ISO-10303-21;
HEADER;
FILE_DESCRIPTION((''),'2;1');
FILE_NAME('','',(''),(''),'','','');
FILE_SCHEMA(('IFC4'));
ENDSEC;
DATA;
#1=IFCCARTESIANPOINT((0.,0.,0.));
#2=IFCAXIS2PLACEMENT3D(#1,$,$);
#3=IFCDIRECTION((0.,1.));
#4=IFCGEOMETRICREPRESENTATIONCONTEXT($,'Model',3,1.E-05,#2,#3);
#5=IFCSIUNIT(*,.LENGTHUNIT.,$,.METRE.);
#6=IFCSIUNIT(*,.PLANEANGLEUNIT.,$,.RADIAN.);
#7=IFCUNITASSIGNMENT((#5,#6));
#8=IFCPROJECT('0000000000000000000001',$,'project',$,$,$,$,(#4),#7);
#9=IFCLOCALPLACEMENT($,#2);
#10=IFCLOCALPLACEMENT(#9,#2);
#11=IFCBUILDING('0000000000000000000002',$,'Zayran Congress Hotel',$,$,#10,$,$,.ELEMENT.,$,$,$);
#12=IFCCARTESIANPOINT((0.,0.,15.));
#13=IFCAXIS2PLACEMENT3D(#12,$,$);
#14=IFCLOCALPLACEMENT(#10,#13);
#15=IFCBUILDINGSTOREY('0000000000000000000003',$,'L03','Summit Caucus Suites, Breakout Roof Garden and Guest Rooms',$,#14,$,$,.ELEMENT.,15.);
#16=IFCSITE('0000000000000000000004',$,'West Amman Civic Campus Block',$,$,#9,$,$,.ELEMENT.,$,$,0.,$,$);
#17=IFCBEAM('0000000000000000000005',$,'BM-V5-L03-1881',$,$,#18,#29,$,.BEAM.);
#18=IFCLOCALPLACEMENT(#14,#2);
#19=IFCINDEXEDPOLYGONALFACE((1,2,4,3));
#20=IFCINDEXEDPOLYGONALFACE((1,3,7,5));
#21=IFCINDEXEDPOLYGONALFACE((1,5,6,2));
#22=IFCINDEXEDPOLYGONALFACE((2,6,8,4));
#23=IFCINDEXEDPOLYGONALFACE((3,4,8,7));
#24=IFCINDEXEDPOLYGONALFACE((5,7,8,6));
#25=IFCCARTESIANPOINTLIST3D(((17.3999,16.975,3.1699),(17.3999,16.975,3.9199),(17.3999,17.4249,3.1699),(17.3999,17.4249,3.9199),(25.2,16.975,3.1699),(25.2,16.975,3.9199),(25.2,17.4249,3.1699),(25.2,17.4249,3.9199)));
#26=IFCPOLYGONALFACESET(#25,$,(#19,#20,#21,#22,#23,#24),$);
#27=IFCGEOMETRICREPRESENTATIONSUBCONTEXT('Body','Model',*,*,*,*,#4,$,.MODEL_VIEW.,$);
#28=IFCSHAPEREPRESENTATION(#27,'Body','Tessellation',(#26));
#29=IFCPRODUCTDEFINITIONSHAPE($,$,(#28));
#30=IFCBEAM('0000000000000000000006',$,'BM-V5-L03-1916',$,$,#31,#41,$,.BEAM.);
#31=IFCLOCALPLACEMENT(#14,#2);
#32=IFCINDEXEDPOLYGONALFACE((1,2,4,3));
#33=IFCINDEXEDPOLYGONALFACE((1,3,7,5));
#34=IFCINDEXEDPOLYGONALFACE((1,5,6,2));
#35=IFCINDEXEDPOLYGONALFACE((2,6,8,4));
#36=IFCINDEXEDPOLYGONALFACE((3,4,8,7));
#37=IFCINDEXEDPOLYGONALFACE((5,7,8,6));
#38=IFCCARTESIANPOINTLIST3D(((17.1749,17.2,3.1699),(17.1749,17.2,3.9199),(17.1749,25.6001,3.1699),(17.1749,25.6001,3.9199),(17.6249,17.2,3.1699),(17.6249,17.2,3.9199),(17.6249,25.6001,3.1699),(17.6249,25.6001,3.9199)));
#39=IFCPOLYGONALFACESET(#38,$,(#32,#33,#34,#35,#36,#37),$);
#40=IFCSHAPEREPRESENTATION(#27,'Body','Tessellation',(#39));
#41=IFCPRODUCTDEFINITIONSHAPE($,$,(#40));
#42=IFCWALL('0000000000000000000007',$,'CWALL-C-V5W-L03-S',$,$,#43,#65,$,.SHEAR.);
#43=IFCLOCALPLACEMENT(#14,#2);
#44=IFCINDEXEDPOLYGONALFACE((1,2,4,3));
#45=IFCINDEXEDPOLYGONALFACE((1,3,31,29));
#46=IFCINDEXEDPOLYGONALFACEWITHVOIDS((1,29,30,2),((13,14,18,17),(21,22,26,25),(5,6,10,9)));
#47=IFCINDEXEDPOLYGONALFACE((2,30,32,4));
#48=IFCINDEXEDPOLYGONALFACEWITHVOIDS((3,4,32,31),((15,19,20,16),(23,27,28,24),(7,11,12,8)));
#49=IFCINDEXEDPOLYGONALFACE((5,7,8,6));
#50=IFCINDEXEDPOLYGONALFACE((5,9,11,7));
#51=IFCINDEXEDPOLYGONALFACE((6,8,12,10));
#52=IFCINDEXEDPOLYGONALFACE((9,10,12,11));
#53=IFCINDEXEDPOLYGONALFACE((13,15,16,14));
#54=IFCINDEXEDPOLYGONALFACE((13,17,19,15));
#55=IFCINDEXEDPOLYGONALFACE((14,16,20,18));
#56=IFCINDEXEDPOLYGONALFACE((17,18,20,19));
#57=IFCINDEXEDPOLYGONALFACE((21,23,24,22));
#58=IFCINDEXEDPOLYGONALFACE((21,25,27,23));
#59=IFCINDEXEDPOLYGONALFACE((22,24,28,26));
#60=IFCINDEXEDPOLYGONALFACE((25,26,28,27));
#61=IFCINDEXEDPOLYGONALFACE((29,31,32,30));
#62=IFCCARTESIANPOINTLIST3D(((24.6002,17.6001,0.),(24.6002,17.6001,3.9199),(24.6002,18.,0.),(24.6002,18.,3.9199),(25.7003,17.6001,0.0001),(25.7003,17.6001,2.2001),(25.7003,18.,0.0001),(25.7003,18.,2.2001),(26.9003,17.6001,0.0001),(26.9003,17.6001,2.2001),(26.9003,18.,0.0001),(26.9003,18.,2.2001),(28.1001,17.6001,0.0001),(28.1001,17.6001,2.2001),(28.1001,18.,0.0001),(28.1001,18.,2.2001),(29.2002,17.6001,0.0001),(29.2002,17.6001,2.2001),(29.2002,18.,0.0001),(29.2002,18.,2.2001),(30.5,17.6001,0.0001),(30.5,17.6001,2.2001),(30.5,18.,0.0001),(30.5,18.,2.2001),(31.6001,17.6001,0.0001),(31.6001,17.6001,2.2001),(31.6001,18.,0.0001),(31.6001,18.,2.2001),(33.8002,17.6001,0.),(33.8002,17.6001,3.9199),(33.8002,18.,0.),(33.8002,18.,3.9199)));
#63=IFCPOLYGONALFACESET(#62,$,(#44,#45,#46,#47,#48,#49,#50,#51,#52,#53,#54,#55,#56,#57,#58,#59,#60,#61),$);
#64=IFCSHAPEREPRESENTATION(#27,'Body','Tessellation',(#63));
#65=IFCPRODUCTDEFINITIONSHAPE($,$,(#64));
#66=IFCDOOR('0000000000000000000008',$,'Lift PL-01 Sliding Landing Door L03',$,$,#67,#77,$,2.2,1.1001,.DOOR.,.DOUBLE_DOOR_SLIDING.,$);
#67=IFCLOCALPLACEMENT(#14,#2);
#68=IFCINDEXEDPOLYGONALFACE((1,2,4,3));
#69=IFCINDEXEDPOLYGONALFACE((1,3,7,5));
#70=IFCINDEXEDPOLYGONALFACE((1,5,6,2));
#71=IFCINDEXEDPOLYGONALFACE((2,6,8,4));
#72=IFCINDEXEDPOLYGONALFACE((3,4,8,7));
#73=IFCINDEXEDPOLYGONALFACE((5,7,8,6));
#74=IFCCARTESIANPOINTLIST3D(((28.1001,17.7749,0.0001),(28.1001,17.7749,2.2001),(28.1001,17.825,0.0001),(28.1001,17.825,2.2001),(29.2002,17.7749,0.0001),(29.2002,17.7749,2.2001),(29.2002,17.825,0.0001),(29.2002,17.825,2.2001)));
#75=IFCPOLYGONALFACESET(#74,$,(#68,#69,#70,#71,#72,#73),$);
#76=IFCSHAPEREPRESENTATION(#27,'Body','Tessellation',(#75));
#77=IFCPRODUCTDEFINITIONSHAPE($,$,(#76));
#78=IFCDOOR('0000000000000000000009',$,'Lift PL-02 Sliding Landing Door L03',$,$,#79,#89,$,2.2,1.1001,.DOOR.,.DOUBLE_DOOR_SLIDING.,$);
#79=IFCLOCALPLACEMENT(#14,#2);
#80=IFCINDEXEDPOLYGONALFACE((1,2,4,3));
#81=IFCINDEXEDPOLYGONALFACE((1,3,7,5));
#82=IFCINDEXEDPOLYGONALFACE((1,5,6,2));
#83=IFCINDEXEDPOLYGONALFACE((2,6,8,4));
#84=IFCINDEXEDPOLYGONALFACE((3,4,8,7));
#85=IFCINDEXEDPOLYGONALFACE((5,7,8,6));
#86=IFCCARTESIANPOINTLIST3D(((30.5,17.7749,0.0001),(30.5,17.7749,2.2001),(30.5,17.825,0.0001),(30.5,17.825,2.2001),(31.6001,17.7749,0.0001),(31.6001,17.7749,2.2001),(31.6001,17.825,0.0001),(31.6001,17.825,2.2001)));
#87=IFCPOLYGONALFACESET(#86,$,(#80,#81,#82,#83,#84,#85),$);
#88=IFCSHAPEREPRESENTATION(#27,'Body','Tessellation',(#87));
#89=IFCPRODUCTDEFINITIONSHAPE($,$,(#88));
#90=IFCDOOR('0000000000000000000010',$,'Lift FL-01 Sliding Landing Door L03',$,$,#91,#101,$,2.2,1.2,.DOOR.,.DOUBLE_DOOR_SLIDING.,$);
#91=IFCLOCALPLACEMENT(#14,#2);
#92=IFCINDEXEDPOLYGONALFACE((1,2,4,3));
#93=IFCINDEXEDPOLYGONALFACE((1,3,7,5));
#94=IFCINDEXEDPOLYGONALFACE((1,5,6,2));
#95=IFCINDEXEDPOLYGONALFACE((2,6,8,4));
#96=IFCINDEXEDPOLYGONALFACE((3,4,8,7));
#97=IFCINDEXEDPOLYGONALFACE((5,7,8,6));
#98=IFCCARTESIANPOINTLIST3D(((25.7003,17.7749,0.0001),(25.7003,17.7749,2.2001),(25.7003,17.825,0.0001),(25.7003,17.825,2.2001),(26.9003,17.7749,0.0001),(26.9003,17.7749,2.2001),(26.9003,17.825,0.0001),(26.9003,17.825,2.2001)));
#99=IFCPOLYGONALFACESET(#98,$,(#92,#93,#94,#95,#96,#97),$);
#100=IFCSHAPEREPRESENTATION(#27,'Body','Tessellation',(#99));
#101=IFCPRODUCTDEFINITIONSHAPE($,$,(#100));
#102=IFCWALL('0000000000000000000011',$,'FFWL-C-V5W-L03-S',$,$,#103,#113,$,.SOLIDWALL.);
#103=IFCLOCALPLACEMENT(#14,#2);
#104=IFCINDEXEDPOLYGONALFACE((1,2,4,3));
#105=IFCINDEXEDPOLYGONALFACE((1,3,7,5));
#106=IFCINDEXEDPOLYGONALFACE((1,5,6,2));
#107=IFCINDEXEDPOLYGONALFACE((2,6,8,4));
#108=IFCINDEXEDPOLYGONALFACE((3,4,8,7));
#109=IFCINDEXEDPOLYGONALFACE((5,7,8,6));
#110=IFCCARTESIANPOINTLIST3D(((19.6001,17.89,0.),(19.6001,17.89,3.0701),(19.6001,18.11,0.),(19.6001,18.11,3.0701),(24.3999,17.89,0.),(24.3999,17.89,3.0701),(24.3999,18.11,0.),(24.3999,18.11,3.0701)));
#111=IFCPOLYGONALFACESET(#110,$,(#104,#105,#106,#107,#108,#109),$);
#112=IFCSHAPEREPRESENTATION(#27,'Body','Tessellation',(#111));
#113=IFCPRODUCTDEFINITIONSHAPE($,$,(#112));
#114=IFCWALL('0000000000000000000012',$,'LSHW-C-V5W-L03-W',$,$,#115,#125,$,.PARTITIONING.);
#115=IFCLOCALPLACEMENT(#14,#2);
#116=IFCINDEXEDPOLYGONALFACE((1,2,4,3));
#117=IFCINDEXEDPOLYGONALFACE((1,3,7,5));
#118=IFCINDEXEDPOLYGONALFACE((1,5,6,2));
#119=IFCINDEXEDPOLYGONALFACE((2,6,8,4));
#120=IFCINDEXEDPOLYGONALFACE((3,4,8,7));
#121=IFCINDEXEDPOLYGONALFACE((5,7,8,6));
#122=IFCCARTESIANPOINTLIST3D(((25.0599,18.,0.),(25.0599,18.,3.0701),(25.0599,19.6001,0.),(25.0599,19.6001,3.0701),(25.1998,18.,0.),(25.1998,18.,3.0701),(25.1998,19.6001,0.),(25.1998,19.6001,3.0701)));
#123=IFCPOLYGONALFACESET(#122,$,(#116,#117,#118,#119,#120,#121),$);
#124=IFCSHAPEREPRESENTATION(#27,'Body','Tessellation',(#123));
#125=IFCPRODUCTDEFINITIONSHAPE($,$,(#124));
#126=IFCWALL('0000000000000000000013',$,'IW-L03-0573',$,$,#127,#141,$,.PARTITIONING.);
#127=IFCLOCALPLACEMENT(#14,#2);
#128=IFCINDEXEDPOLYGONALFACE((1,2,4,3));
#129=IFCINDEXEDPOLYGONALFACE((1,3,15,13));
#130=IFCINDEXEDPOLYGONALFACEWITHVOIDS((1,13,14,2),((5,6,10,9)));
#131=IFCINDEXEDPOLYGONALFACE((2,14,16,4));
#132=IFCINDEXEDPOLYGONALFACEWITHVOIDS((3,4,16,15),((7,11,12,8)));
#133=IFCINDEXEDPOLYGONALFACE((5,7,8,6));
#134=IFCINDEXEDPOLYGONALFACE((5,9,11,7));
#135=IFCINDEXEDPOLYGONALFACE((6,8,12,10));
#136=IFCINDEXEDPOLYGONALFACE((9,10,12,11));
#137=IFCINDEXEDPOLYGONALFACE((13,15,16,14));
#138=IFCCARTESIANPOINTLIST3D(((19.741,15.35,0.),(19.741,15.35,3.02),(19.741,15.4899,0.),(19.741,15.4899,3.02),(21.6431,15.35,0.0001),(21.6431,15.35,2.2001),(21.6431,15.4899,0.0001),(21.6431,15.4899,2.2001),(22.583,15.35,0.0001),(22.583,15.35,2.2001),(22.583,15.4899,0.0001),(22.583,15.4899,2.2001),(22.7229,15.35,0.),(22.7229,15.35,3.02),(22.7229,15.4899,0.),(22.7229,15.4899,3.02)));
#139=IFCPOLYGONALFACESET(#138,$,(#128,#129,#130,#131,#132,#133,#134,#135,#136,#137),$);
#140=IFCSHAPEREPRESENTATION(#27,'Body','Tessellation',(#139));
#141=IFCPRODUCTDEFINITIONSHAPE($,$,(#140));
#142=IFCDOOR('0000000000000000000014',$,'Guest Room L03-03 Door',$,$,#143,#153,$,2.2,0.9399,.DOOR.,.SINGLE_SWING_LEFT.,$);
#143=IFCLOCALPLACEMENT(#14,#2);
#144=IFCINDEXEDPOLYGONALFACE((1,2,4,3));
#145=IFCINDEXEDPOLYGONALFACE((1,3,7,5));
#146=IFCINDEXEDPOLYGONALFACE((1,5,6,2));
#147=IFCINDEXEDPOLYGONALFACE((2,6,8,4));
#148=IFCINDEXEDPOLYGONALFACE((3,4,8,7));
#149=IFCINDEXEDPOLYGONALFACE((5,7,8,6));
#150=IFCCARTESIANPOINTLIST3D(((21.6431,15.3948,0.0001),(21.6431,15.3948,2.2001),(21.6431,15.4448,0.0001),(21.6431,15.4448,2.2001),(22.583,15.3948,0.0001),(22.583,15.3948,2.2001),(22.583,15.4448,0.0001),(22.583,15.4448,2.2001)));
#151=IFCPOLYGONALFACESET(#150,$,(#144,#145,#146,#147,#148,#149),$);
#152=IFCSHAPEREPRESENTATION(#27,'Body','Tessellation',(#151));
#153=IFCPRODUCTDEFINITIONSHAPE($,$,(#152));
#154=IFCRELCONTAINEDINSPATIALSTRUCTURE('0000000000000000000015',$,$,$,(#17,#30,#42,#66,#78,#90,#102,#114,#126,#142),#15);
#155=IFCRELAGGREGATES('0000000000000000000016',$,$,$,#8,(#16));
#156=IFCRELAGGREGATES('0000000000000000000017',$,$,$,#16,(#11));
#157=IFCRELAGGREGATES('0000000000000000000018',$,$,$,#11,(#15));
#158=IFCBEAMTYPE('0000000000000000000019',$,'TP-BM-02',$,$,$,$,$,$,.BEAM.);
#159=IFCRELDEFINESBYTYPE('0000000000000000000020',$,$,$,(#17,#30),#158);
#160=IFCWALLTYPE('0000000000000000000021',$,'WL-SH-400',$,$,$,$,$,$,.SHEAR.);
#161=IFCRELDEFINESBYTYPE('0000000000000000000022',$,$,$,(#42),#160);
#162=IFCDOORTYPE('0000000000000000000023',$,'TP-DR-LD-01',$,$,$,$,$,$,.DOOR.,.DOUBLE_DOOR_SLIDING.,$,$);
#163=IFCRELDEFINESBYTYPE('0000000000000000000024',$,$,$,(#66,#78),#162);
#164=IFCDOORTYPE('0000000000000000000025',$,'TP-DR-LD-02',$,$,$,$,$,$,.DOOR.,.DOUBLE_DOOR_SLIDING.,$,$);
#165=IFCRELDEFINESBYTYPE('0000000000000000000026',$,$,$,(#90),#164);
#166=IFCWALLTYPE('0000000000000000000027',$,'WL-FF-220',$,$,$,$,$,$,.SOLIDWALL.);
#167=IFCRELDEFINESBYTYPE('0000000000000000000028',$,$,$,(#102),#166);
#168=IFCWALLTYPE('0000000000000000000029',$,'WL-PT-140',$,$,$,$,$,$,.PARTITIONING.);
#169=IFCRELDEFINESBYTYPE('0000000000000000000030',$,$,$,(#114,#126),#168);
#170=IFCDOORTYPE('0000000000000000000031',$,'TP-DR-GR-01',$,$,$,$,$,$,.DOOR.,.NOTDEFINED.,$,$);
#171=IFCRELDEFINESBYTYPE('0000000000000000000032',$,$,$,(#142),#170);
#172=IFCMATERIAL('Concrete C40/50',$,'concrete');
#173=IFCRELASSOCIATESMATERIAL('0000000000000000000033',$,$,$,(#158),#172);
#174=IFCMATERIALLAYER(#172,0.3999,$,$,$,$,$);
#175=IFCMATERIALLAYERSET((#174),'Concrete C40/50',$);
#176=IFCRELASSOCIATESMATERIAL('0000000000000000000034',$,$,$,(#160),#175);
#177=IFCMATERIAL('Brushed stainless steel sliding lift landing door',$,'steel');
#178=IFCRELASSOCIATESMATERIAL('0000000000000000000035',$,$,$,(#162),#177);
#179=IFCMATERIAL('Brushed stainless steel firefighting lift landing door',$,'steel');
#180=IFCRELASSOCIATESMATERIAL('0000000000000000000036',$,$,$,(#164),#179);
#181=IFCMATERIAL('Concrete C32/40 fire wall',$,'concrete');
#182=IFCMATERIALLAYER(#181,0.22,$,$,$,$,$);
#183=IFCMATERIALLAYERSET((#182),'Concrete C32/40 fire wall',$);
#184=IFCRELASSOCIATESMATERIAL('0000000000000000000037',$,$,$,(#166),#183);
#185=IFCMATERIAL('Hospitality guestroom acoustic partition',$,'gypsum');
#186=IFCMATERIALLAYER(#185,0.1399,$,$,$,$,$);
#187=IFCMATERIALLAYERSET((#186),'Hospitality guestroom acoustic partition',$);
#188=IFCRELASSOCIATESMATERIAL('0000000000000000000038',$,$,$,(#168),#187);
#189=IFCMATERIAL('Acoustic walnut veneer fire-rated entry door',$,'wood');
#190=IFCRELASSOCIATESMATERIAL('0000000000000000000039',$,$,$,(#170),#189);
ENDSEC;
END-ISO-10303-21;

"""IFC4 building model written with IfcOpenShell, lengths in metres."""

from ifc_helpers import new_model, si_unit, direction, frame, frame_2d, origin, origin_2d, place, context, subcontext, project, spatial, rectangle, extrude, material, layer, layer_set, material_profile, profile_set, type_object, element, fill, save


model = new_model("IFC4")

# Units and contexts
model_context = context("Model", 3, precision=1e-05, world=origin(), true_north=direction((0.0, 1.0)))
body_context = subcontext(model_context, "Body", "Model", "MODEL_VIEW")
ifc_project = project(units=[si_unit("LENGTHUNIT", "METRE"), si_unit("PLANEANGLEUNIT", "RADIAN")], contexts=[model_context])

# Site, building, storey
site_placement = place(None, origin())
site = spatial("IfcSite", under=ifc_project, at=site_placement, Name="West Amman Civic Campus Block", CompositionType="ELEMENT", RefElevation=0.0)
building_placement = place(site_placement, origin())
building = spatial("IfcBuilding", under=site, at=building_placement, Name="Zayran Congress Hotel", CompositionType="ELEMENT")
storey_placement = place(building_placement, frame((0.0, 0.0, 15.0)))
storey = spatial("IfcBuildingStorey", under=building, at=storey_placement, Name="L03", Description="Summit Caucus Suites, Breakout Roof Garden and Guest Rooms", CompositionType="ELEMENT", Elevation=15.0)

# Beams
ifc_material_1 = material(Name="Concrete C40/50", Category="concrete")
ifc_material_profile = material_profile(ifc_material_1, rectangle(XDim=0.45, YDim=0.75, at=origin_2d()), Name="RC 450x750")
ifc_profile_set = profile_set([ifc_material_profile], Name="Concrete C40/50")
beam_type = type_object("IfcBeamType", Name="TP-BM-02", PredefinedType="BEAM", material=ifc_profile_set)
beam_1_placement = place(storey_placement, frame((17.3999, 17.2, 3.5449), z_axis=(1.0, 0.0, 0.0), x_axis=(0.0, 1.0, 0.0)))
element("IfcBeam", 1, at=beam_1_placement, inside=storey, type_object=beam_type, Name="BM-V5-L03-1881", PredefinedType="BEAM", context=body_context, shape_type="SweptSolid", body=[
    extrude(rectangle(XDim=0.45, YDim=0.75, at=origin_2d()), origin(), (0.0, 0.0, 1.0), 7.8),
])
beam_2_placement = place(storey_placement, frame((17.3999, 17.2, 3.5449), z_axis=(0.0, 1.0, 0.0), x_axis=(-1.0, 0.0, 0.0)))
element("IfcBeam", 2, at=beam_2_placement, inside=storey, type_object=beam_type, Name="BM-V5-L03-1916", PredefinedType="BEAM", context=body_context, shape_type="SweptSolid", body=[
    extrude(rectangle(XDim=0.45, YDim=0.75, at=origin_2d()), origin(), (0.0, 0.0, 1.0), 8.4001),
])

# Wall, openings, doors
ifc_layer_1 = layer(ifc_material_1, 0.3999)
ifc_layer_set_1 = layer_set([ifc_layer_1], Name="Concrete C40/50")
wall_type_1 = type_object("IfcWallType", Name="WL-SH-400", PredefinedType="SHEAR", material=ifc_layer_set_1)
wall_1_placement = place(storey_placement, frame((24.6001, 17.8, 0.0), z_axis=(0.0, 0.0, 1.0), x_axis=(1.0, 0.0, 0.0)))
wall_1 = element("IfcWall", 3, at=wall_1_placement, inside=storey, type_object=wall_type_1, Name="CWALL-C-V5W-L03-S", PredefinedType="SHEAR", context=body_context, shape_type="SweptSolid", body=[
    extrude(rectangle(XDim=9.2, YDim=0.3999, at=frame_2d((4.6001, 0.0))), origin(), (0.0, 0.0, 1.0), 3.9199),
])
opening_1_placement = place(wall_1_placement, frame((1.1001, 0.0, 0.0)))
opening_1 = element("IfcOpeningElement", 4, at=opening_1_placement, cuts=wall_1, PredefinedType="OPENING", context=body_context, shape_type="SweptSolid", body=[
    extrude(rectangle(XDim=1.2, YDim=2.2, at=frame_2d((0.6001, 1.1001))), frame((0.0, 0.21, 0.0), z_axis=(0.0, -1.0, 0.0), x_axis=(1.0, 0.0, 0.0)), (0.0, 0.0, 1.0), 0.4199),
])
opening_2_placement = place(wall_1_placement, frame((3.5, 0.0, 0.0)))
opening_2 = element("IfcOpeningElement", 5, at=opening_2_placement, cuts=wall_1, PredefinedType="OPENING", context=body_context, shape_type="SweptSolid", body=[
    extrude(rectangle(XDim=1.1001, YDim=2.2, at=frame_2d((0.55, 1.1001))), frame((0.0, 0.21, 0.0), z_axis=(0.0, -1.0, 0.0), x_axis=(1.0, 0.0, 0.0)), (0.0, 0.0, 1.0), 0.4199),
])
opening_3_placement = place(wall_1_placement, frame((5.8999, 0.0, 0.0)))
opening_3 = element("IfcOpeningElement", 6, at=opening_3_placement, cuts=wall_1, PredefinedType="OPENING", context=body_context, shape_type="SweptSolid", body=[
    extrude(rectangle(XDim=1.1001, YDim=2.2, at=frame_2d((0.55, 1.1001))), frame((0.0, 0.21, 0.0), z_axis=(0.0, -1.0, 0.0), x_axis=(1.0, 0.0, 0.0)), (0.0, 0.0, 1.0), 0.4199),
])
ifc_material_2 = material(Name="Brushed stainless steel sliding lift landing door", Category="steel")
door_type_1 = type_object("IfcDoorType", Name="TP-DR-LD-01", OperationType="DOUBLE_DOOR_SLIDING", PredefinedType="DOOR", material=ifc_material_2)
door_1_placement = place(opening_2_placement, origin())
door_1 = element("IfcDoor", 7, at=door_1_placement, inside=storey, type_object=door_type_1, Name="Lift PL-01 Sliding Landing Door L03", OperationType="DOUBLE_DOOR_SLIDING", OverallHeight=2.2, OverallWidth=1.1001, PredefinedType="DOOR", context=body_context, shape_type="SweptSolid", body=[
    extrude(rectangle(XDim=1.1001, YDim=2.2, at=frame_2d((0.55, 1.1001))), frame((0.0, 0.0249, 0.0), z_axis=(0.0, -1.0, 0.0), x_axis=(1.0, 0.0, 0.0)), (0.0, 0.0, 1.0), 0.05),
])
fill(opening_2, door_1)
door_2_placement = place(opening_3_placement, origin())
door_2 = element("IfcDoor", 8, at=door_2_placement, inside=storey, type_object=door_type_1, Name="Lift PL-02 Sliding Landing Door L03", OperationType="DOUBLE_DOOR_SLIDING", OverallHeight=2.2, OverallWidth=1.1001, PredefinedType="DOOR", context=body_context, shape_type="SweptSolid", body=[
    extrude(rectangle(XDim=1.1001, YDim=2.2, at=frame_2d((0.55, 1.1001))), frame((0.0, 0.0249, 0.0), z_axis=(0.0, -1.0, 0.0), x_axis=(1.0, 0.0, 0.0)), (0.0, 0.0, 1.0), 0.05),
])
fill(opening_3, door_2)
ifc_material_3 = material(Name="Brushed stainless steel firefighting lift landing door", Category="steel")
door_type_2 = type_object("IfcDoorType", Name="TP-DR-LD-02", OperationType="DOUBLE_DOOR_SLIDING", PredefinedType="DOOR", material=ifc_material_3)
door_3_placement = place(opening_1_placement, origin())
door_3 = element("IfcDoor", 9, at=door_3_placement, inside=storey, type_object=door_type_2, Name="Lift FL-01 Sliding Landing Door L03", OperationType="DOUBLE_DOOR_SLIDING", OverallHeight=2.2, OverallWidth=1.2, PredefinedType="DOOR", context=body_context, shape_type="SweptSolid", body=[
    extrude(rectangle(XDim=1.2, YDim=2.2, at=frame_2d((0.6001, 1.1001))), frame((0.0, 0.0249, 0.0), z_axis=(0.0, -1.0, 0.0), x_axis=(1.0, 0.0, 0.0)), (0.0, 0.0, 1.0), 0.05),
])
fill(opening_1, door_3)

# Walls
ifc_material_4 = material(Name="Concrete C32/40 fire wall", Category="concrete")
ifc_layer_2 = layer(ifc_material_4, 0.22)
ifc_layer_set_2 = layer_set([ifc_layer_2], Name="Concrete C32/40 fire wall")
wall_type_2 = type_object("IfcWallType", Name="WL-FF-220", PredefinedType="SOLIDWALL", material=ifc_layer_set_2)
wall_2_placement = place(storey_placement, frame((19.6001, 18.0, 0.0), z_axis=(0.0, 0.0, 1.0), x_axis=(1.0, 0.0, 0.0)))
element("IfcWall", 10, at=wall_2_placement, inside=storey, type_object=wall_type_2, Name="FFWL-C-V5W-L03-S", PredefinedType="SOLIDWALL", context=body_context, shape_type="SweptSolid", body=[
    extrude(rectangle(XDim=4.7998, YDim=0.22, at=frame_2d((2.3999, 0.0))), origin(), (0.0, 0.0, 1.0), 3.0701),
])
ifc_material_5 = material(Name="Hospitality guestroom acoustic partition", Category="gypsum")
ifc_layer_3 = layer(ifc_material_5, 0.1399)
ifc_layer_set_3 = layer_set([ifc_layer_3], Name="Hospitality guestroom acoustic partition")
wall_type_3 = type_object("IfcWallType", Name="WL-PT-140", PredefinedType="PARTITIONING", material=ifc_layer_set_3)
wall_3_placement = place(storey_placement, frame((25.1299, 18.0, 0.0), z_axis=(0.0, 0.0, 1.0), x_axis=(0.0, 1.0, 0.0)))
element("IfcWall", 11, at=wall_3_placement, inside=storey, type_object=wall_type_3, Name="LSHW-C-V5W-L03-W", PredefinedType="PARTITIONING", context=body_context, shape_type="SweptSolid", body=[
    extrude(rectangle(XDim=1.6001, YDim=0.1399, at=frame_2d((0.8, 0.0))), origin(), (0.0, 0.0, 1.0), 3.0701),
])

# Wall, opening, door
wall_4_placement = place(storey_placement, frame((19.741, 15.4199, 0.0), z_axis=(0.0, 0.0, 1.0), x_axis=(1.0, 0.0, 0.0)))
wall_4 = element("IfcWall", 12, at=wall_4_placement, inside=storey, type_object=wall_type_3, Name="IW-L03-0573", PredefinedType="PARTITIONING", context=body_context, shape_type="SweptSolid", body=[
    extrude(rectangle(XDim=2.9819, YDim=0.1399, at=frame_2d((1.491, 0.0))), origin(), (0.0, 0.0, 1.0), 3.02),
])
opening_4_placement = place(wall_4_placement, frame((1.9021, 0.0, 0.0)))
opening_4 = element("IfcOpeningElement", 13, at=opening_4_placement, cuts=wall_4, PredefinedType="OPENING", context=body_context, shape_type="SweptSolid", body=[
    extrude(rectangle(XDim=0.9399, YDim=2.2, at=frame_2d((0.47, 1.1001))), frame((0.0, 0.0798, 0.0), z_axis=(0.0, -1.0, 0.0), x_axis=(1.0, 0.0, 0.0)), (0.0, 0.0, 1.0), 0.1599),
])
ifc_material_6 = material(Name="Acoustic walnut veneer fire-rated entry door", Category="wood")
door_type_3 = type_object("IfcDoorType", Name="TP-DR-GR-01", OperationType="NOTDEFINED", PredefinedType="DOOR", material=ifc_material_6)
door_4_placement = place(opening_4_placement, origin())
door_4 = element("IfcDoor", 14, at=door_4_placement, inside=storey, type_object=door_type_3, Name="Guest Room L03-03 Door", OperationType="SINGLE_SWING_LEFT", OverallHeight=2.2, OverallWidth=0.9399, PredefinedType="DOOR", context=body_context, shape_type="SweptSolid", body=[
    extrude(rectangle(XDim=0.9399, YDim=2.2, at=frame_2d((0.47, 1.1001))), frame((0.0, 0.0249, 0.0), z_axis=(0.0, -1.0, 0.0), x_axis=(1.0, 0.0, 0.0)), (0.0, 0.0, 1.0), 0.05),
])
fill(opening_4, door_4)

save(model, "model.ifc")
